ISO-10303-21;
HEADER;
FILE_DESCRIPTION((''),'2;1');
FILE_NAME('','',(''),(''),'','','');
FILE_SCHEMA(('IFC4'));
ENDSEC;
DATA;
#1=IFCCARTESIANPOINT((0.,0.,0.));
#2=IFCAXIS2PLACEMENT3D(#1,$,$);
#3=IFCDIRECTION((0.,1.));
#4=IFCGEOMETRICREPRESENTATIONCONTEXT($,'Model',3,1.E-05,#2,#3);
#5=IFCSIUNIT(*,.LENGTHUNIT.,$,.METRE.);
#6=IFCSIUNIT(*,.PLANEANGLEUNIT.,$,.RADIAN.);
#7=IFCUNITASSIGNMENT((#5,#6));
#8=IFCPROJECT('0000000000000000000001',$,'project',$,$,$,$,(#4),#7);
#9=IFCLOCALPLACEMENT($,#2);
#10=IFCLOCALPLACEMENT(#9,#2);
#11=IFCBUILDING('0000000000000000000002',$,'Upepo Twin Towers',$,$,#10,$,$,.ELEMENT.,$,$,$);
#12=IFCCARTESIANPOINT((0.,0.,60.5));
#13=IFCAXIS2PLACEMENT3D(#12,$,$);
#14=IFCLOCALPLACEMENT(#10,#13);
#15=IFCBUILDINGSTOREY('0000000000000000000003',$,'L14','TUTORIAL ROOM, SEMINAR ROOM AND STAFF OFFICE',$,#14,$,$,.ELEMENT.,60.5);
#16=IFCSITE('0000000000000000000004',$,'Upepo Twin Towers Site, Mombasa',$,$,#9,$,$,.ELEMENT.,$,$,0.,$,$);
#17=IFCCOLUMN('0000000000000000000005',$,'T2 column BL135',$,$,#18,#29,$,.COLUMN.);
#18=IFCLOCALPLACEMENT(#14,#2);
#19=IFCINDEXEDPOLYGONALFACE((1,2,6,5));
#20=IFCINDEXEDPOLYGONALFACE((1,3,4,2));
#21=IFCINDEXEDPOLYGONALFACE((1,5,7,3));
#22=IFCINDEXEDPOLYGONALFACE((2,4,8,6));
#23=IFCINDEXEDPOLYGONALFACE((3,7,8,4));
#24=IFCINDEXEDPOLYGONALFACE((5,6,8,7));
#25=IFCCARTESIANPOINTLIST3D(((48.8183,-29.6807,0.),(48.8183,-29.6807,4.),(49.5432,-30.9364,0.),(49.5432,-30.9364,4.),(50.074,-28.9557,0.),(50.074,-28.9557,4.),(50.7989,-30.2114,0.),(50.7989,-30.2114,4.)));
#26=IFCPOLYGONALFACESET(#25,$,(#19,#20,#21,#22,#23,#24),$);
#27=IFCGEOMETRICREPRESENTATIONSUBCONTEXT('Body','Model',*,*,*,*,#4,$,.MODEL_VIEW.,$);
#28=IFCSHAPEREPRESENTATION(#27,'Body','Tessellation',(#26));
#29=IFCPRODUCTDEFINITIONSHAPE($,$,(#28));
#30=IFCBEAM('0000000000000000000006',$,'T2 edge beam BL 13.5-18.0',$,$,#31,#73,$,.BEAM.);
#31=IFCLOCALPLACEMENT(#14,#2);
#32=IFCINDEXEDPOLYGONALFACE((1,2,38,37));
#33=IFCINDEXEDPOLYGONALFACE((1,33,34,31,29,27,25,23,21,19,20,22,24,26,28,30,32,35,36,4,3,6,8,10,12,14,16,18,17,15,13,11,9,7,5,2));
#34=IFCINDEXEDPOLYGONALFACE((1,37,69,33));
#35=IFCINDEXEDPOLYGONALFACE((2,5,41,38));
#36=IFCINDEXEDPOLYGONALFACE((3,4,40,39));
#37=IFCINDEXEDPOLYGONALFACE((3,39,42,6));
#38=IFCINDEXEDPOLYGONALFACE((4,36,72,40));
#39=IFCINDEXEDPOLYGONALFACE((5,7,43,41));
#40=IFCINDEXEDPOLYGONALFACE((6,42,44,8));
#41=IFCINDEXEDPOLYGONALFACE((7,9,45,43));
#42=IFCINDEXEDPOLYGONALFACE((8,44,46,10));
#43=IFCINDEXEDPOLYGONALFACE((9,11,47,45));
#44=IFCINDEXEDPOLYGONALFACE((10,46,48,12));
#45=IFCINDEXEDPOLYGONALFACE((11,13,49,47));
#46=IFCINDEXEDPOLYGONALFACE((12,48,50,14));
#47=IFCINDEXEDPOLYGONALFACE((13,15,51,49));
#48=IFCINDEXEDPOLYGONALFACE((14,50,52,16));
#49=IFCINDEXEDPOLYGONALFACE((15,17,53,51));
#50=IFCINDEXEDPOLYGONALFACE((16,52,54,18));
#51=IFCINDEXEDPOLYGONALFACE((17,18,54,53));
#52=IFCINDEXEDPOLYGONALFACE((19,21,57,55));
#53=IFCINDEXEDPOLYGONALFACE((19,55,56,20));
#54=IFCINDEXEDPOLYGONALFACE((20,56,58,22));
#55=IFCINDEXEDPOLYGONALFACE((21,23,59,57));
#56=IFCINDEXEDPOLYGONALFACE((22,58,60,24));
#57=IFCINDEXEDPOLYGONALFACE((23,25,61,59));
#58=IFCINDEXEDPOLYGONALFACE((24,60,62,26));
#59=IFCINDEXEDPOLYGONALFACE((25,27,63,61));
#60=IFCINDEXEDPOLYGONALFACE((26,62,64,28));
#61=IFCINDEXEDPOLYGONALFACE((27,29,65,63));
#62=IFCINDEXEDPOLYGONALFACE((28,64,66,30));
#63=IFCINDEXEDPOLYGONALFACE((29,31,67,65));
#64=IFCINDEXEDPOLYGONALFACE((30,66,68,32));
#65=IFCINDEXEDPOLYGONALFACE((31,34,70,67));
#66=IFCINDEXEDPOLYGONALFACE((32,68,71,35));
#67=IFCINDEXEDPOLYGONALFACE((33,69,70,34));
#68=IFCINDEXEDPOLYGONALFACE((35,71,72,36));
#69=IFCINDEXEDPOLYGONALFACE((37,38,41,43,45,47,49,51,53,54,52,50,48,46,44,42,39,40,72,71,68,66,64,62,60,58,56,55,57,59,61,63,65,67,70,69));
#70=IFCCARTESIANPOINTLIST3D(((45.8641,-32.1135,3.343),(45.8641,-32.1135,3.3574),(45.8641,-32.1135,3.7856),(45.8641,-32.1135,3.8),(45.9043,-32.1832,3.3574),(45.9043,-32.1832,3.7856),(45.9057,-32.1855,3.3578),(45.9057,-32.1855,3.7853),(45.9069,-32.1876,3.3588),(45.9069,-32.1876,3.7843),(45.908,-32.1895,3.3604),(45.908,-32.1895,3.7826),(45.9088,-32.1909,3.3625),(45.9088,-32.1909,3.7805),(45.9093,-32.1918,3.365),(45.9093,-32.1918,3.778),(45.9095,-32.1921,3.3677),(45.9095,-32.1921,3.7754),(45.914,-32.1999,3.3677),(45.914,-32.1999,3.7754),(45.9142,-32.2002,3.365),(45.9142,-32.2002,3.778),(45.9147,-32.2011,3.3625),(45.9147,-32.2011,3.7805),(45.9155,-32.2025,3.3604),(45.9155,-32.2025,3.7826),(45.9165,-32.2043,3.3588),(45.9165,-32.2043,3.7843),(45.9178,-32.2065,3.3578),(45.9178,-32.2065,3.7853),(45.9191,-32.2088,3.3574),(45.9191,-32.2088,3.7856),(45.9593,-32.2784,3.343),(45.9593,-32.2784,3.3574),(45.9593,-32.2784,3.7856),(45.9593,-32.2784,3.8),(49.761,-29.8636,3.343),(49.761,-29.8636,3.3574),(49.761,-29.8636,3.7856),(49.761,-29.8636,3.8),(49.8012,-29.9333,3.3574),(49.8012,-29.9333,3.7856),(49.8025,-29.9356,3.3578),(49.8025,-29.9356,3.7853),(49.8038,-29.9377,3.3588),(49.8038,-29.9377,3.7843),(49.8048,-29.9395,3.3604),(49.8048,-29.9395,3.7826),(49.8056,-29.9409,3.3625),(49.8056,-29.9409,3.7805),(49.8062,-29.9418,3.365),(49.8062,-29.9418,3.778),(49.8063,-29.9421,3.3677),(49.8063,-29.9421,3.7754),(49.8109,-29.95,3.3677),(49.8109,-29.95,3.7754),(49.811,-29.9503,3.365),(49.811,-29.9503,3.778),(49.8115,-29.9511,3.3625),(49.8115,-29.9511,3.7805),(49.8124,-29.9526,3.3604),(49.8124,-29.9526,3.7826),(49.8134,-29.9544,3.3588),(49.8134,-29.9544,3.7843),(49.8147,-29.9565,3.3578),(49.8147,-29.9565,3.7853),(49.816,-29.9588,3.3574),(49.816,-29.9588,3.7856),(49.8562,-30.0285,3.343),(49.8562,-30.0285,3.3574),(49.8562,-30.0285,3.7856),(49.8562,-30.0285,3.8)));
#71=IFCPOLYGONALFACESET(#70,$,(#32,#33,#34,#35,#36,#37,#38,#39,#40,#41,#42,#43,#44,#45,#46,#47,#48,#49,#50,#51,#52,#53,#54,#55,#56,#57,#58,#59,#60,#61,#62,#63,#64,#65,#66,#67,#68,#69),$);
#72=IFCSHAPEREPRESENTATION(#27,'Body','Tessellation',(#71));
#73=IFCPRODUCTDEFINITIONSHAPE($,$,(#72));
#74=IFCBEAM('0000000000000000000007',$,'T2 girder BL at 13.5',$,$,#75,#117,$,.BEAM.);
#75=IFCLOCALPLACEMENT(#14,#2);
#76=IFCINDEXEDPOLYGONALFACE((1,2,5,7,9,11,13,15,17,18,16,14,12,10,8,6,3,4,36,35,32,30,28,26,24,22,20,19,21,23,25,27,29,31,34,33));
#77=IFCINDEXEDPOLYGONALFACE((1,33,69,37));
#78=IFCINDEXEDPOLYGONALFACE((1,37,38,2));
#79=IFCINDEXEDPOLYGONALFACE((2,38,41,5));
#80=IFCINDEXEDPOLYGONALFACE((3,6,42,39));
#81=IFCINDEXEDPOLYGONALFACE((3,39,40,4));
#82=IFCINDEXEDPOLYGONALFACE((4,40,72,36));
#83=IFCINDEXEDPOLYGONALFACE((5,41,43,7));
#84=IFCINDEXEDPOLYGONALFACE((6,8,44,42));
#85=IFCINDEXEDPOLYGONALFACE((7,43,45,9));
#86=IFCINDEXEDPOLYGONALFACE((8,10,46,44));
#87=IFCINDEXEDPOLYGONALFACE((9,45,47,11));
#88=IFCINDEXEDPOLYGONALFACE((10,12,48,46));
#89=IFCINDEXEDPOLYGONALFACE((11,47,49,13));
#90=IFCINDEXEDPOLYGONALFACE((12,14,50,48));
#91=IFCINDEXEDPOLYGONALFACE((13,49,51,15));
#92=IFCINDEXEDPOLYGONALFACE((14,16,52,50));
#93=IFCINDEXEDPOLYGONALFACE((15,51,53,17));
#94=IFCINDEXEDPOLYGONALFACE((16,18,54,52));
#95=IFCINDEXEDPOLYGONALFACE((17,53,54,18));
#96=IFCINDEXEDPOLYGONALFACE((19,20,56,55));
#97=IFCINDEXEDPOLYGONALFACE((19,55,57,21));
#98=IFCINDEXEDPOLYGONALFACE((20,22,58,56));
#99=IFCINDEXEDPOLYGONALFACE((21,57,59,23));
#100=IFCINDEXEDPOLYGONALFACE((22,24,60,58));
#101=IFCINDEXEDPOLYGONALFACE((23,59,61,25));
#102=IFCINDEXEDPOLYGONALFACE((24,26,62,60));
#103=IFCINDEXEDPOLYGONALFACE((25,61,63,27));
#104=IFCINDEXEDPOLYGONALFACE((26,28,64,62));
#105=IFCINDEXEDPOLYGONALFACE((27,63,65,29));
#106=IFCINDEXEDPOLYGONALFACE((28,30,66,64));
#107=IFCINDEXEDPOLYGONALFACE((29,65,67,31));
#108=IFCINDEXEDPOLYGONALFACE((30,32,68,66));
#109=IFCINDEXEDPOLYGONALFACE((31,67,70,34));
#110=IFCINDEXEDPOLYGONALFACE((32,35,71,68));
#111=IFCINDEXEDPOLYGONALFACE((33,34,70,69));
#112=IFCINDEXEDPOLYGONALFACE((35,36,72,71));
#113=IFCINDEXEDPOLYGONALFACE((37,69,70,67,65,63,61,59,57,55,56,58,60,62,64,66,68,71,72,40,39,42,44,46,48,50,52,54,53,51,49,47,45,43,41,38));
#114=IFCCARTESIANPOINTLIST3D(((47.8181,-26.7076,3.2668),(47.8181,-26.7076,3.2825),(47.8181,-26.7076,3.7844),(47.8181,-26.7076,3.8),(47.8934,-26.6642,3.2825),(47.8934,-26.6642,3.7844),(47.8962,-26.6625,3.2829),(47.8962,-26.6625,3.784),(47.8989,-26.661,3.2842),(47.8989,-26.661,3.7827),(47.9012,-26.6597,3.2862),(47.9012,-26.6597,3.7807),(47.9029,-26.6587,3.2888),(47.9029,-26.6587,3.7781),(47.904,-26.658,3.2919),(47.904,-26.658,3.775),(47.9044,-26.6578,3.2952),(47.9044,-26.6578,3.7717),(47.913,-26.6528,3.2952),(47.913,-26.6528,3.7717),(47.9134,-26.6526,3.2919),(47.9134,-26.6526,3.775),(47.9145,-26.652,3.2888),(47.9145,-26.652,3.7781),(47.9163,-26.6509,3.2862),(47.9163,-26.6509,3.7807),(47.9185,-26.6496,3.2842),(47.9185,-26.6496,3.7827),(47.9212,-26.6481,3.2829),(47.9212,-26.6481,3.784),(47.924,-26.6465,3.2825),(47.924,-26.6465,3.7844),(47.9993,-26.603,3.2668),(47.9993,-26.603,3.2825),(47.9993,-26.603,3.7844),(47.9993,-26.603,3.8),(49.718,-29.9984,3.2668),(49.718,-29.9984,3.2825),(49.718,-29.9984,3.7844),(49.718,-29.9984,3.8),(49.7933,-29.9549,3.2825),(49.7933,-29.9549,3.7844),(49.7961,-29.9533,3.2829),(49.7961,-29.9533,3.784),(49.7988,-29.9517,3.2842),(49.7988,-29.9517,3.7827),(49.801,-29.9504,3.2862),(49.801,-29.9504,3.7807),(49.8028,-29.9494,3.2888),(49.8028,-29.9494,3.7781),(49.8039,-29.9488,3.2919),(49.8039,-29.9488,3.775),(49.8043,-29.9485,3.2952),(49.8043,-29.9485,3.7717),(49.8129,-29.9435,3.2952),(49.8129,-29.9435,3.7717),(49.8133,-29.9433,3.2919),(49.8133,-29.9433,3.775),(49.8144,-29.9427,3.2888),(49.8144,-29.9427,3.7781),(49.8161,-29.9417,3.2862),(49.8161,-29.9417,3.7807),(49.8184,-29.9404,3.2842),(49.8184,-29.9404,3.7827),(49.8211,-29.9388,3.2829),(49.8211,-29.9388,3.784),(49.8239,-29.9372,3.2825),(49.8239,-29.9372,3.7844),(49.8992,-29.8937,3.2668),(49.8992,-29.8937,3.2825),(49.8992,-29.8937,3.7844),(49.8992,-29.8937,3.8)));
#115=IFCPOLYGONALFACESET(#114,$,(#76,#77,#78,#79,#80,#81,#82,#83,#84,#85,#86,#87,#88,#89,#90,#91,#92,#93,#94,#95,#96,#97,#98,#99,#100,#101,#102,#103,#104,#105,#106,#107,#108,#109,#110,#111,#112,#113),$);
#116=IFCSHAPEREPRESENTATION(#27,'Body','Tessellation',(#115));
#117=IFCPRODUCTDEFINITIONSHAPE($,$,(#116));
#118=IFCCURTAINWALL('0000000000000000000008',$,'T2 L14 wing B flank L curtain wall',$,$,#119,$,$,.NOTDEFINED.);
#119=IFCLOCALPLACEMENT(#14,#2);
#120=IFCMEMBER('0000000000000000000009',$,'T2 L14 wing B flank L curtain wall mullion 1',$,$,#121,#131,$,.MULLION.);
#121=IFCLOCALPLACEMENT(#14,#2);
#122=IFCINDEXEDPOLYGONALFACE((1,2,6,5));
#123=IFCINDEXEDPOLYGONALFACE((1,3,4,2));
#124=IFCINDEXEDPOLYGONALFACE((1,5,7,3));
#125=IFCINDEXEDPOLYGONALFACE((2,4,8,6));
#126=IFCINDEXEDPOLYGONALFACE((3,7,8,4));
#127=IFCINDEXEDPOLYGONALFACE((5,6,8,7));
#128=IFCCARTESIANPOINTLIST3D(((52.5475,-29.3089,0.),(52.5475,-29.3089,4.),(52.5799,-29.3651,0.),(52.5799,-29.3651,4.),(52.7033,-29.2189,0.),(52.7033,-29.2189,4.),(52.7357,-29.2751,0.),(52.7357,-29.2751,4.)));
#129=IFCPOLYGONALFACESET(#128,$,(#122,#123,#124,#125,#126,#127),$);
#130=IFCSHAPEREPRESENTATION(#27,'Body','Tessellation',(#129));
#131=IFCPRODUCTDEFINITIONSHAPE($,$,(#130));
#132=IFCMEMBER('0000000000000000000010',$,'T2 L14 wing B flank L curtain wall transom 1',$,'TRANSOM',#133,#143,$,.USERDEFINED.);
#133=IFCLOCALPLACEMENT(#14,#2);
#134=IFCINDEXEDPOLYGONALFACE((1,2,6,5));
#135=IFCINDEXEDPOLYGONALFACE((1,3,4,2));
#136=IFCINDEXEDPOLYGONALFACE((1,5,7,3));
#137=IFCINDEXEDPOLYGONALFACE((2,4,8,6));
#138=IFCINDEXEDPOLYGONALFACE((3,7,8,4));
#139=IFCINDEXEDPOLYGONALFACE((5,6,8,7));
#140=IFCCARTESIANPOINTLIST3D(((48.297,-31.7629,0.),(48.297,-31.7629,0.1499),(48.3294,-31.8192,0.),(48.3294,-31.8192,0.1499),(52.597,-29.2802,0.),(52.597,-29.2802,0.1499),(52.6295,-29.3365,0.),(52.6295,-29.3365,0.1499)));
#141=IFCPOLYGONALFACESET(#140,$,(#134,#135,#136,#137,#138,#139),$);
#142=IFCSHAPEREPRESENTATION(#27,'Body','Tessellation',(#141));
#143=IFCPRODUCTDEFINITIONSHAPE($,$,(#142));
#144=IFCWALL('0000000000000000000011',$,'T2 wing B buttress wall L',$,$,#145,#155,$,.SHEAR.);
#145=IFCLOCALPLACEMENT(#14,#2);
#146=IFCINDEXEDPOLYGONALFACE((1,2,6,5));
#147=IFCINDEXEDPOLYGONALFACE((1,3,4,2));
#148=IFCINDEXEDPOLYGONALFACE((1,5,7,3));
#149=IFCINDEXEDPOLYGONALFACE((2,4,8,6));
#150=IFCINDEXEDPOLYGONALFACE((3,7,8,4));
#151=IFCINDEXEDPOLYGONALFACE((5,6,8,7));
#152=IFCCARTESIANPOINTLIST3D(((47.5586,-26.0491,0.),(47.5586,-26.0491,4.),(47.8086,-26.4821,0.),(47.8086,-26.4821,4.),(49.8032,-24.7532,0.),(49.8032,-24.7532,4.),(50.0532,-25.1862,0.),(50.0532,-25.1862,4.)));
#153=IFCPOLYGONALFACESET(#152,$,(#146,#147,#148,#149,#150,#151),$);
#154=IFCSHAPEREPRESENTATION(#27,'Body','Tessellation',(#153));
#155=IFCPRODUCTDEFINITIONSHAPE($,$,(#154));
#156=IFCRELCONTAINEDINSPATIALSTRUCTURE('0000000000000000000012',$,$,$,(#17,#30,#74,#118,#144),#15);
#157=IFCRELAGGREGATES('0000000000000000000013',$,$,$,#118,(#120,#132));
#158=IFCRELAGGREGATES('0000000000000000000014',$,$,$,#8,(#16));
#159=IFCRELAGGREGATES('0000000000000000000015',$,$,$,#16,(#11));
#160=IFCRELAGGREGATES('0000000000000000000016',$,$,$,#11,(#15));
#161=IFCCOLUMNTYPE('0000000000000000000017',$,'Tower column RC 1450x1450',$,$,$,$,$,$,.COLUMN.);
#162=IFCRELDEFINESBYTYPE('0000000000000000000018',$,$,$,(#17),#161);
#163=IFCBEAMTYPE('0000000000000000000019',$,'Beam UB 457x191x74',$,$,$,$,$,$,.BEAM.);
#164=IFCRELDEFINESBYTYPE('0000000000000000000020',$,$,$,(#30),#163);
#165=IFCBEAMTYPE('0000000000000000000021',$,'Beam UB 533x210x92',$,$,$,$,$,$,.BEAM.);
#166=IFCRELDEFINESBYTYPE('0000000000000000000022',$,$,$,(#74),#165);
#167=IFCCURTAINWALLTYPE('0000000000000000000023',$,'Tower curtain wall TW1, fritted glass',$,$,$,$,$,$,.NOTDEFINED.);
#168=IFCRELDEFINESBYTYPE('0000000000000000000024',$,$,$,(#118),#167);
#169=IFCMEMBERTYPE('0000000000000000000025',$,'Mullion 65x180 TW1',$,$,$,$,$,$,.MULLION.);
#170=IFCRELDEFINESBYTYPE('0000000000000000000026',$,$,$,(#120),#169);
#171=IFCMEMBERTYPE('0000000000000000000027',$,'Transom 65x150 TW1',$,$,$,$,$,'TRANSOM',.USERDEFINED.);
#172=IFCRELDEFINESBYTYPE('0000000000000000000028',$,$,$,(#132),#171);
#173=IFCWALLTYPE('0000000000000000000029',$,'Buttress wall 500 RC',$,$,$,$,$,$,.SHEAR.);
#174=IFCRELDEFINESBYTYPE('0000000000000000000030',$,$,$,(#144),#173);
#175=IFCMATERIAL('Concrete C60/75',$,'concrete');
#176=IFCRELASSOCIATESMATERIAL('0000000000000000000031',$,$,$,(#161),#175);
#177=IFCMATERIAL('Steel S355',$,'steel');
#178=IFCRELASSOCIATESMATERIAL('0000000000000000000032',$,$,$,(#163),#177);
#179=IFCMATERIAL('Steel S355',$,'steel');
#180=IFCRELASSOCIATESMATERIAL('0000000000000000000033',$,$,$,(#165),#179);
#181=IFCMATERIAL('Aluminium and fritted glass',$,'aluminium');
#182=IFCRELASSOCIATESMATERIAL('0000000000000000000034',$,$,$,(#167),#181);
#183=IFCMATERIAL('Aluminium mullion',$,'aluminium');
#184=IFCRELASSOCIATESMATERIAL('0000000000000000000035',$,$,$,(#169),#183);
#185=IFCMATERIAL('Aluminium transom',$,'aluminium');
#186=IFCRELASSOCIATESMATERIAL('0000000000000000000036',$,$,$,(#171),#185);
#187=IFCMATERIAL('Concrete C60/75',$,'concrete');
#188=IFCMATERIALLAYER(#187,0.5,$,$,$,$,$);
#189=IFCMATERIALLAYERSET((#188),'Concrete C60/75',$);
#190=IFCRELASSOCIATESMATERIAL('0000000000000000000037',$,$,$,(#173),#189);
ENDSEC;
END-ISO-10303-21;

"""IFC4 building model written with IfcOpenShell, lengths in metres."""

from ifc_helpers import new_model, si_unit, direction, frame, frame_2d, origin, origin_2d, place, context, subcontext, project, spatial, rectangle, i_section, extrude, material, layer, layer_set, material_profile, profile_set, type_object, element, aggregate, save


model = new_model("IFC4")

# Units and contexts
model_context = context("Model", 3, precision=1e-05, world=origin(), true_north=direction((0.0, 1.0)))
body_context = subcontext(model_context, "Body", "Model", "MODEL_VIEW")
ifc_project = project(units=[si_unit("LENGTHUNIT", "METRE"), si_unit("PLANEANGLEUNIT", "RADIAN")], contexts=[model_context])

# Site, building, storey
site_placement = place(None, origin())
site = spatial("IfcSite", under=ifc_project, at=site_placement, Name="Upepo Twin Towers Site, Mombasa", CompositionType="ELEMENT", RefElevation=0.0)
building_placement = place(site_placement, origin())
building = spatial("IfcBuilding", under=site, at=building_placement, Name="Upepo Twin Towers", CompositionType="ELEMENT")
storey_placement = place(building_placement, frame((0.0, 0.0, 60.5)))
storey = spatial("IfcBuildingStorey", under=building, at=storey_placement, Name="L14", Description="TUTORIAL ROOM, SEMINAR ROOM AND STAFF OFFICE", CompositionType="ELEMENT", Elevation=60.5)

# Column
ifc_material_1 = material(Name="Concrete C60/75", Category="concrete")
ifc_material_profile_1 = material_profile(ifc_material_1, rectangle(XDim=1.45, YDim=1.45, at=origin_2d()), Name="RC 1450x1450")
ifc_profile_set_1 = profile_set([ifc_material_profile_1], Name="Concrete C60/75")
column_type = type_object("IfcColumnType", Name="Tower column RC 1450x1450", PredefinedType="COLUMN", material=ifc_profile_set_1)
column_placement = place(storey_placement, frame((49.8086, -29.946, 0.0), z_axis=(0.0, 0.0, 1.0), x_axis=(0.866025, 0.5, 0.0)))
element("IfcColumn", 1, at=column_placement, inside=storey, type_object=column_type, Name="T2 column BL135", PredefinedType="COLUMN", context=body_context, shape_type="SweptSolid", body=[
    extrude(rectangle(XDim=1.45, YDim=1.45, at=origin_2d()), origin(), (0.0, 0.0, 1.0), 4.0),
])

# Beams
ifc_material_2 = material(Name="Steel S355", Category="steel")
ifc_material_profile_2 = material_profile(ifc_material_2, i_section(OverallWidth=0.1904, OverallDepth=0.457, WebThickness=0.009, FlangeThickness=0.0144, FilletRadius=0.0103, at=origin_2d()), Name="UB 457x191x74")
ifc_profile_set_2 = profile_set([ifc_material_profile_2], Name="Steel S355")
beam_type_1 = type_object("IfcBeamType", Name="Beam UB 457x191x74", PredefinedType="BEAM", material=ifc_profile_set_2)
beam_1_placement = place(storey_placement, frame((49.8086, -29.946, 3.5715), z_axis=(-0.866018, -0.500014, 0.0), x_axis=(0.500014, -0.866018, 0.0)))
element("IfcBeam", 2, at=beam_1_placement, inside=storey, type_object=beam_type_1, Name="T2 edge beam BL 13.5-18.0", PredefinedType="BEAM", context=body_context, shape_type="SweptSolid", body=[
    extrude(i_section(OverallWidth=0.1904, OverallDepth=0.457, WebThickness=0.009, FlangeThickness=0.0144, FilletRadius=0.0103, at=origin_2d()), origin(), (0.0, 0.0, 1.0), 4.4998),
])
ifc_material_3 = material(Name="Steel S355", Category="steel")
ifc_material_profile_3 = material_profile(ifc_material_3, i_section(OverallWidth=0.2092, OverallDepth=0.5332, WebThickness=0.01, FlangeThickness=0.0156, FilletRadius=0.0127, at=origin_2d()), Name="UB 533x210x92")
ifc_profile_set_3 = profile_set([ifc_material_profile_3], Name="Steel S355")
beam_type_2 = type_object("IfcBeamType", Name="Beam UB 533x210x92", PredefinedType="BEAM", material=ifc_profile_set_3)
beam_2_placement = place(storey_placement, frame((49.8086, -29.946, 3.5334), z_axis=(-0.499995, 0.866028, 0.0), x_axis=(-0.866028, -0.499995, 0.0)))
element("IfcBeam", 3, at=beam_2_placement, inside=storey, type_object=beam_type_2, Name="T2 girder BL at 13.5", PredefinedType="BEAM", context=body_context, shape_type="SweptSolid", body=[
    extrude(i_section(OverallWidth=0.2092, OverallDepth=0.5332, WebThickness=0.01, FlangeThickness=0.0156, FilletRadius=0.0127, at=origin_2d()), origin(), (0.0, 0.0, 1.0), 3.7998),
])

# Curtain wall, members
ifc_material_4 = material(Name="Aluminium and fritted glass", Category="aluminium")
curtain_wall_type = type_object("IfcCurtainWallType", Name="Tower curtain wall TW1, fritted glass", PredefinedType="NOTDEFINED", material=ifc_material_4)
curtain_wall_placement = place(storey_placement, origin())
curtain_wall = element("IfcCurtainWall", 4, at=curtain_wall_placement, inside=storey, type_object=curtain_wall_type, Name="T2 L14 wing B flank L curtain wall", PredefinedType="NOTDEFINED")
ifc_material_5 = material(Name="Aluminium mullion", Category="aluminium")
ifc_material_profile_4 = material_profile(ifc_material_5, rectangle(XDim=0.0649, YDim=0.1799, at=origin_2d()), Name="MULLION 65x180")
ifc_profile_set_4 = profile_set([ifc_material_profile_4], Name="Aluminium mullion")
member_type_1 = type_object("IfcMemberType", Name="Mullion 65x180 TW1", PredefinedType="MULLION", material=ifc_profile_set_4)
member_1_placement = place(storey_placement, frame((52.6416, -29.292, 0.0), z_axis=(0.0, 0.0, 1.0), x_axis=(0.5, -0.866025, 0.0)))
member_1 = element("IfcMember", 5, at=member_1_placement, type_object=member_type_1, Name="T2 L14 wing B flank L curtain wall mullion 1", PredefinedType="MULLION", context=body_context, shape_type="SweptSolid", body=[
    extrude(rectangle(XDim=0.0649, YDim=0.1799, at=origin_2d()), origin(), (0.0, 0.0, 1.0), 4.0),
])
ifc_material_6 = material(Name="Aluminium transom", Category="aluminium")
ifc_material_profile_5 = material_profile(ifc_material_6, rectangle(XDim=0.0649, YDim=0.1499, at=origin_2d()), Name="TRANSOM 65x150")
ifc_profile_set_5 = profile_set([ifc_material_profile_5], Name="Aluminium transom")
member_type_2 = type_object("IfcMemberType", Name="Transom 65x150 TW1", ElementType="TRANSOM", PredefinedType="USERDEFINED", material=ifc_profile_set_5)
member_2_placement = place(storey_placement, frame((52.6133, -29.3083, 0.075), z_axis=(-0.866023, -0.500005, 0.0), x_axis=(0.500005, -0.866023, 0.0)))
member_2 = element("IfcMember", 6, at=member_2_placement, type_object=member_type_2, Name="T2 L14 wing B flank L curtain wall transom 1", ObjectType="TRANSOM", PredefinedType="USERDEFINED", context=body_context, shape_type="SweptSolid", body=[
    extrude(rectangle(XDim=0.0649, YDim=0.1499, at=origin_2d()), origin(), (0.0, 0.0, 1.0), 4.9653),
])
aggregate(curtain_wall, [member_1, member_2])

# Wall
ifc_material_7 = material(Name="Concrete C60/75", Category="concrete")
ifc_layer_1 = layer(ifc_material_7, 0.5)
ifc_layer_set_1 = layer_set([ifc_layer_1], Name="Concrete C60/75")
wall_type_1 = type_object("IfcWallType", Name="Buttress wall 500 RC", PredefinedType="SHEAR", material=ifc_layer_set_1)
wall_1_placement = place(storey_placement, frame((49.9282, -24.9697, 0.0), z_axis=(0.0, 0.0, 1.0), x_axis=(-0.866032, -0.499989, 0.0)))
element("IfcWall", 7, at=wall_1_placement, inside=storey, type_object=wall_type_1, Name="T2 wing B buttress wall L", PredefinedType="SHEAR", context=body_context, shape_type="SweptSolid", body=[
    extrude(rectangle(XDim=2.5918, YDim=0.5, at=frame_2d((1.2959, 0.0))), origin(), (0.0, 0.0, 1.0), 4.0),
])

save(model, "model.ifc")
